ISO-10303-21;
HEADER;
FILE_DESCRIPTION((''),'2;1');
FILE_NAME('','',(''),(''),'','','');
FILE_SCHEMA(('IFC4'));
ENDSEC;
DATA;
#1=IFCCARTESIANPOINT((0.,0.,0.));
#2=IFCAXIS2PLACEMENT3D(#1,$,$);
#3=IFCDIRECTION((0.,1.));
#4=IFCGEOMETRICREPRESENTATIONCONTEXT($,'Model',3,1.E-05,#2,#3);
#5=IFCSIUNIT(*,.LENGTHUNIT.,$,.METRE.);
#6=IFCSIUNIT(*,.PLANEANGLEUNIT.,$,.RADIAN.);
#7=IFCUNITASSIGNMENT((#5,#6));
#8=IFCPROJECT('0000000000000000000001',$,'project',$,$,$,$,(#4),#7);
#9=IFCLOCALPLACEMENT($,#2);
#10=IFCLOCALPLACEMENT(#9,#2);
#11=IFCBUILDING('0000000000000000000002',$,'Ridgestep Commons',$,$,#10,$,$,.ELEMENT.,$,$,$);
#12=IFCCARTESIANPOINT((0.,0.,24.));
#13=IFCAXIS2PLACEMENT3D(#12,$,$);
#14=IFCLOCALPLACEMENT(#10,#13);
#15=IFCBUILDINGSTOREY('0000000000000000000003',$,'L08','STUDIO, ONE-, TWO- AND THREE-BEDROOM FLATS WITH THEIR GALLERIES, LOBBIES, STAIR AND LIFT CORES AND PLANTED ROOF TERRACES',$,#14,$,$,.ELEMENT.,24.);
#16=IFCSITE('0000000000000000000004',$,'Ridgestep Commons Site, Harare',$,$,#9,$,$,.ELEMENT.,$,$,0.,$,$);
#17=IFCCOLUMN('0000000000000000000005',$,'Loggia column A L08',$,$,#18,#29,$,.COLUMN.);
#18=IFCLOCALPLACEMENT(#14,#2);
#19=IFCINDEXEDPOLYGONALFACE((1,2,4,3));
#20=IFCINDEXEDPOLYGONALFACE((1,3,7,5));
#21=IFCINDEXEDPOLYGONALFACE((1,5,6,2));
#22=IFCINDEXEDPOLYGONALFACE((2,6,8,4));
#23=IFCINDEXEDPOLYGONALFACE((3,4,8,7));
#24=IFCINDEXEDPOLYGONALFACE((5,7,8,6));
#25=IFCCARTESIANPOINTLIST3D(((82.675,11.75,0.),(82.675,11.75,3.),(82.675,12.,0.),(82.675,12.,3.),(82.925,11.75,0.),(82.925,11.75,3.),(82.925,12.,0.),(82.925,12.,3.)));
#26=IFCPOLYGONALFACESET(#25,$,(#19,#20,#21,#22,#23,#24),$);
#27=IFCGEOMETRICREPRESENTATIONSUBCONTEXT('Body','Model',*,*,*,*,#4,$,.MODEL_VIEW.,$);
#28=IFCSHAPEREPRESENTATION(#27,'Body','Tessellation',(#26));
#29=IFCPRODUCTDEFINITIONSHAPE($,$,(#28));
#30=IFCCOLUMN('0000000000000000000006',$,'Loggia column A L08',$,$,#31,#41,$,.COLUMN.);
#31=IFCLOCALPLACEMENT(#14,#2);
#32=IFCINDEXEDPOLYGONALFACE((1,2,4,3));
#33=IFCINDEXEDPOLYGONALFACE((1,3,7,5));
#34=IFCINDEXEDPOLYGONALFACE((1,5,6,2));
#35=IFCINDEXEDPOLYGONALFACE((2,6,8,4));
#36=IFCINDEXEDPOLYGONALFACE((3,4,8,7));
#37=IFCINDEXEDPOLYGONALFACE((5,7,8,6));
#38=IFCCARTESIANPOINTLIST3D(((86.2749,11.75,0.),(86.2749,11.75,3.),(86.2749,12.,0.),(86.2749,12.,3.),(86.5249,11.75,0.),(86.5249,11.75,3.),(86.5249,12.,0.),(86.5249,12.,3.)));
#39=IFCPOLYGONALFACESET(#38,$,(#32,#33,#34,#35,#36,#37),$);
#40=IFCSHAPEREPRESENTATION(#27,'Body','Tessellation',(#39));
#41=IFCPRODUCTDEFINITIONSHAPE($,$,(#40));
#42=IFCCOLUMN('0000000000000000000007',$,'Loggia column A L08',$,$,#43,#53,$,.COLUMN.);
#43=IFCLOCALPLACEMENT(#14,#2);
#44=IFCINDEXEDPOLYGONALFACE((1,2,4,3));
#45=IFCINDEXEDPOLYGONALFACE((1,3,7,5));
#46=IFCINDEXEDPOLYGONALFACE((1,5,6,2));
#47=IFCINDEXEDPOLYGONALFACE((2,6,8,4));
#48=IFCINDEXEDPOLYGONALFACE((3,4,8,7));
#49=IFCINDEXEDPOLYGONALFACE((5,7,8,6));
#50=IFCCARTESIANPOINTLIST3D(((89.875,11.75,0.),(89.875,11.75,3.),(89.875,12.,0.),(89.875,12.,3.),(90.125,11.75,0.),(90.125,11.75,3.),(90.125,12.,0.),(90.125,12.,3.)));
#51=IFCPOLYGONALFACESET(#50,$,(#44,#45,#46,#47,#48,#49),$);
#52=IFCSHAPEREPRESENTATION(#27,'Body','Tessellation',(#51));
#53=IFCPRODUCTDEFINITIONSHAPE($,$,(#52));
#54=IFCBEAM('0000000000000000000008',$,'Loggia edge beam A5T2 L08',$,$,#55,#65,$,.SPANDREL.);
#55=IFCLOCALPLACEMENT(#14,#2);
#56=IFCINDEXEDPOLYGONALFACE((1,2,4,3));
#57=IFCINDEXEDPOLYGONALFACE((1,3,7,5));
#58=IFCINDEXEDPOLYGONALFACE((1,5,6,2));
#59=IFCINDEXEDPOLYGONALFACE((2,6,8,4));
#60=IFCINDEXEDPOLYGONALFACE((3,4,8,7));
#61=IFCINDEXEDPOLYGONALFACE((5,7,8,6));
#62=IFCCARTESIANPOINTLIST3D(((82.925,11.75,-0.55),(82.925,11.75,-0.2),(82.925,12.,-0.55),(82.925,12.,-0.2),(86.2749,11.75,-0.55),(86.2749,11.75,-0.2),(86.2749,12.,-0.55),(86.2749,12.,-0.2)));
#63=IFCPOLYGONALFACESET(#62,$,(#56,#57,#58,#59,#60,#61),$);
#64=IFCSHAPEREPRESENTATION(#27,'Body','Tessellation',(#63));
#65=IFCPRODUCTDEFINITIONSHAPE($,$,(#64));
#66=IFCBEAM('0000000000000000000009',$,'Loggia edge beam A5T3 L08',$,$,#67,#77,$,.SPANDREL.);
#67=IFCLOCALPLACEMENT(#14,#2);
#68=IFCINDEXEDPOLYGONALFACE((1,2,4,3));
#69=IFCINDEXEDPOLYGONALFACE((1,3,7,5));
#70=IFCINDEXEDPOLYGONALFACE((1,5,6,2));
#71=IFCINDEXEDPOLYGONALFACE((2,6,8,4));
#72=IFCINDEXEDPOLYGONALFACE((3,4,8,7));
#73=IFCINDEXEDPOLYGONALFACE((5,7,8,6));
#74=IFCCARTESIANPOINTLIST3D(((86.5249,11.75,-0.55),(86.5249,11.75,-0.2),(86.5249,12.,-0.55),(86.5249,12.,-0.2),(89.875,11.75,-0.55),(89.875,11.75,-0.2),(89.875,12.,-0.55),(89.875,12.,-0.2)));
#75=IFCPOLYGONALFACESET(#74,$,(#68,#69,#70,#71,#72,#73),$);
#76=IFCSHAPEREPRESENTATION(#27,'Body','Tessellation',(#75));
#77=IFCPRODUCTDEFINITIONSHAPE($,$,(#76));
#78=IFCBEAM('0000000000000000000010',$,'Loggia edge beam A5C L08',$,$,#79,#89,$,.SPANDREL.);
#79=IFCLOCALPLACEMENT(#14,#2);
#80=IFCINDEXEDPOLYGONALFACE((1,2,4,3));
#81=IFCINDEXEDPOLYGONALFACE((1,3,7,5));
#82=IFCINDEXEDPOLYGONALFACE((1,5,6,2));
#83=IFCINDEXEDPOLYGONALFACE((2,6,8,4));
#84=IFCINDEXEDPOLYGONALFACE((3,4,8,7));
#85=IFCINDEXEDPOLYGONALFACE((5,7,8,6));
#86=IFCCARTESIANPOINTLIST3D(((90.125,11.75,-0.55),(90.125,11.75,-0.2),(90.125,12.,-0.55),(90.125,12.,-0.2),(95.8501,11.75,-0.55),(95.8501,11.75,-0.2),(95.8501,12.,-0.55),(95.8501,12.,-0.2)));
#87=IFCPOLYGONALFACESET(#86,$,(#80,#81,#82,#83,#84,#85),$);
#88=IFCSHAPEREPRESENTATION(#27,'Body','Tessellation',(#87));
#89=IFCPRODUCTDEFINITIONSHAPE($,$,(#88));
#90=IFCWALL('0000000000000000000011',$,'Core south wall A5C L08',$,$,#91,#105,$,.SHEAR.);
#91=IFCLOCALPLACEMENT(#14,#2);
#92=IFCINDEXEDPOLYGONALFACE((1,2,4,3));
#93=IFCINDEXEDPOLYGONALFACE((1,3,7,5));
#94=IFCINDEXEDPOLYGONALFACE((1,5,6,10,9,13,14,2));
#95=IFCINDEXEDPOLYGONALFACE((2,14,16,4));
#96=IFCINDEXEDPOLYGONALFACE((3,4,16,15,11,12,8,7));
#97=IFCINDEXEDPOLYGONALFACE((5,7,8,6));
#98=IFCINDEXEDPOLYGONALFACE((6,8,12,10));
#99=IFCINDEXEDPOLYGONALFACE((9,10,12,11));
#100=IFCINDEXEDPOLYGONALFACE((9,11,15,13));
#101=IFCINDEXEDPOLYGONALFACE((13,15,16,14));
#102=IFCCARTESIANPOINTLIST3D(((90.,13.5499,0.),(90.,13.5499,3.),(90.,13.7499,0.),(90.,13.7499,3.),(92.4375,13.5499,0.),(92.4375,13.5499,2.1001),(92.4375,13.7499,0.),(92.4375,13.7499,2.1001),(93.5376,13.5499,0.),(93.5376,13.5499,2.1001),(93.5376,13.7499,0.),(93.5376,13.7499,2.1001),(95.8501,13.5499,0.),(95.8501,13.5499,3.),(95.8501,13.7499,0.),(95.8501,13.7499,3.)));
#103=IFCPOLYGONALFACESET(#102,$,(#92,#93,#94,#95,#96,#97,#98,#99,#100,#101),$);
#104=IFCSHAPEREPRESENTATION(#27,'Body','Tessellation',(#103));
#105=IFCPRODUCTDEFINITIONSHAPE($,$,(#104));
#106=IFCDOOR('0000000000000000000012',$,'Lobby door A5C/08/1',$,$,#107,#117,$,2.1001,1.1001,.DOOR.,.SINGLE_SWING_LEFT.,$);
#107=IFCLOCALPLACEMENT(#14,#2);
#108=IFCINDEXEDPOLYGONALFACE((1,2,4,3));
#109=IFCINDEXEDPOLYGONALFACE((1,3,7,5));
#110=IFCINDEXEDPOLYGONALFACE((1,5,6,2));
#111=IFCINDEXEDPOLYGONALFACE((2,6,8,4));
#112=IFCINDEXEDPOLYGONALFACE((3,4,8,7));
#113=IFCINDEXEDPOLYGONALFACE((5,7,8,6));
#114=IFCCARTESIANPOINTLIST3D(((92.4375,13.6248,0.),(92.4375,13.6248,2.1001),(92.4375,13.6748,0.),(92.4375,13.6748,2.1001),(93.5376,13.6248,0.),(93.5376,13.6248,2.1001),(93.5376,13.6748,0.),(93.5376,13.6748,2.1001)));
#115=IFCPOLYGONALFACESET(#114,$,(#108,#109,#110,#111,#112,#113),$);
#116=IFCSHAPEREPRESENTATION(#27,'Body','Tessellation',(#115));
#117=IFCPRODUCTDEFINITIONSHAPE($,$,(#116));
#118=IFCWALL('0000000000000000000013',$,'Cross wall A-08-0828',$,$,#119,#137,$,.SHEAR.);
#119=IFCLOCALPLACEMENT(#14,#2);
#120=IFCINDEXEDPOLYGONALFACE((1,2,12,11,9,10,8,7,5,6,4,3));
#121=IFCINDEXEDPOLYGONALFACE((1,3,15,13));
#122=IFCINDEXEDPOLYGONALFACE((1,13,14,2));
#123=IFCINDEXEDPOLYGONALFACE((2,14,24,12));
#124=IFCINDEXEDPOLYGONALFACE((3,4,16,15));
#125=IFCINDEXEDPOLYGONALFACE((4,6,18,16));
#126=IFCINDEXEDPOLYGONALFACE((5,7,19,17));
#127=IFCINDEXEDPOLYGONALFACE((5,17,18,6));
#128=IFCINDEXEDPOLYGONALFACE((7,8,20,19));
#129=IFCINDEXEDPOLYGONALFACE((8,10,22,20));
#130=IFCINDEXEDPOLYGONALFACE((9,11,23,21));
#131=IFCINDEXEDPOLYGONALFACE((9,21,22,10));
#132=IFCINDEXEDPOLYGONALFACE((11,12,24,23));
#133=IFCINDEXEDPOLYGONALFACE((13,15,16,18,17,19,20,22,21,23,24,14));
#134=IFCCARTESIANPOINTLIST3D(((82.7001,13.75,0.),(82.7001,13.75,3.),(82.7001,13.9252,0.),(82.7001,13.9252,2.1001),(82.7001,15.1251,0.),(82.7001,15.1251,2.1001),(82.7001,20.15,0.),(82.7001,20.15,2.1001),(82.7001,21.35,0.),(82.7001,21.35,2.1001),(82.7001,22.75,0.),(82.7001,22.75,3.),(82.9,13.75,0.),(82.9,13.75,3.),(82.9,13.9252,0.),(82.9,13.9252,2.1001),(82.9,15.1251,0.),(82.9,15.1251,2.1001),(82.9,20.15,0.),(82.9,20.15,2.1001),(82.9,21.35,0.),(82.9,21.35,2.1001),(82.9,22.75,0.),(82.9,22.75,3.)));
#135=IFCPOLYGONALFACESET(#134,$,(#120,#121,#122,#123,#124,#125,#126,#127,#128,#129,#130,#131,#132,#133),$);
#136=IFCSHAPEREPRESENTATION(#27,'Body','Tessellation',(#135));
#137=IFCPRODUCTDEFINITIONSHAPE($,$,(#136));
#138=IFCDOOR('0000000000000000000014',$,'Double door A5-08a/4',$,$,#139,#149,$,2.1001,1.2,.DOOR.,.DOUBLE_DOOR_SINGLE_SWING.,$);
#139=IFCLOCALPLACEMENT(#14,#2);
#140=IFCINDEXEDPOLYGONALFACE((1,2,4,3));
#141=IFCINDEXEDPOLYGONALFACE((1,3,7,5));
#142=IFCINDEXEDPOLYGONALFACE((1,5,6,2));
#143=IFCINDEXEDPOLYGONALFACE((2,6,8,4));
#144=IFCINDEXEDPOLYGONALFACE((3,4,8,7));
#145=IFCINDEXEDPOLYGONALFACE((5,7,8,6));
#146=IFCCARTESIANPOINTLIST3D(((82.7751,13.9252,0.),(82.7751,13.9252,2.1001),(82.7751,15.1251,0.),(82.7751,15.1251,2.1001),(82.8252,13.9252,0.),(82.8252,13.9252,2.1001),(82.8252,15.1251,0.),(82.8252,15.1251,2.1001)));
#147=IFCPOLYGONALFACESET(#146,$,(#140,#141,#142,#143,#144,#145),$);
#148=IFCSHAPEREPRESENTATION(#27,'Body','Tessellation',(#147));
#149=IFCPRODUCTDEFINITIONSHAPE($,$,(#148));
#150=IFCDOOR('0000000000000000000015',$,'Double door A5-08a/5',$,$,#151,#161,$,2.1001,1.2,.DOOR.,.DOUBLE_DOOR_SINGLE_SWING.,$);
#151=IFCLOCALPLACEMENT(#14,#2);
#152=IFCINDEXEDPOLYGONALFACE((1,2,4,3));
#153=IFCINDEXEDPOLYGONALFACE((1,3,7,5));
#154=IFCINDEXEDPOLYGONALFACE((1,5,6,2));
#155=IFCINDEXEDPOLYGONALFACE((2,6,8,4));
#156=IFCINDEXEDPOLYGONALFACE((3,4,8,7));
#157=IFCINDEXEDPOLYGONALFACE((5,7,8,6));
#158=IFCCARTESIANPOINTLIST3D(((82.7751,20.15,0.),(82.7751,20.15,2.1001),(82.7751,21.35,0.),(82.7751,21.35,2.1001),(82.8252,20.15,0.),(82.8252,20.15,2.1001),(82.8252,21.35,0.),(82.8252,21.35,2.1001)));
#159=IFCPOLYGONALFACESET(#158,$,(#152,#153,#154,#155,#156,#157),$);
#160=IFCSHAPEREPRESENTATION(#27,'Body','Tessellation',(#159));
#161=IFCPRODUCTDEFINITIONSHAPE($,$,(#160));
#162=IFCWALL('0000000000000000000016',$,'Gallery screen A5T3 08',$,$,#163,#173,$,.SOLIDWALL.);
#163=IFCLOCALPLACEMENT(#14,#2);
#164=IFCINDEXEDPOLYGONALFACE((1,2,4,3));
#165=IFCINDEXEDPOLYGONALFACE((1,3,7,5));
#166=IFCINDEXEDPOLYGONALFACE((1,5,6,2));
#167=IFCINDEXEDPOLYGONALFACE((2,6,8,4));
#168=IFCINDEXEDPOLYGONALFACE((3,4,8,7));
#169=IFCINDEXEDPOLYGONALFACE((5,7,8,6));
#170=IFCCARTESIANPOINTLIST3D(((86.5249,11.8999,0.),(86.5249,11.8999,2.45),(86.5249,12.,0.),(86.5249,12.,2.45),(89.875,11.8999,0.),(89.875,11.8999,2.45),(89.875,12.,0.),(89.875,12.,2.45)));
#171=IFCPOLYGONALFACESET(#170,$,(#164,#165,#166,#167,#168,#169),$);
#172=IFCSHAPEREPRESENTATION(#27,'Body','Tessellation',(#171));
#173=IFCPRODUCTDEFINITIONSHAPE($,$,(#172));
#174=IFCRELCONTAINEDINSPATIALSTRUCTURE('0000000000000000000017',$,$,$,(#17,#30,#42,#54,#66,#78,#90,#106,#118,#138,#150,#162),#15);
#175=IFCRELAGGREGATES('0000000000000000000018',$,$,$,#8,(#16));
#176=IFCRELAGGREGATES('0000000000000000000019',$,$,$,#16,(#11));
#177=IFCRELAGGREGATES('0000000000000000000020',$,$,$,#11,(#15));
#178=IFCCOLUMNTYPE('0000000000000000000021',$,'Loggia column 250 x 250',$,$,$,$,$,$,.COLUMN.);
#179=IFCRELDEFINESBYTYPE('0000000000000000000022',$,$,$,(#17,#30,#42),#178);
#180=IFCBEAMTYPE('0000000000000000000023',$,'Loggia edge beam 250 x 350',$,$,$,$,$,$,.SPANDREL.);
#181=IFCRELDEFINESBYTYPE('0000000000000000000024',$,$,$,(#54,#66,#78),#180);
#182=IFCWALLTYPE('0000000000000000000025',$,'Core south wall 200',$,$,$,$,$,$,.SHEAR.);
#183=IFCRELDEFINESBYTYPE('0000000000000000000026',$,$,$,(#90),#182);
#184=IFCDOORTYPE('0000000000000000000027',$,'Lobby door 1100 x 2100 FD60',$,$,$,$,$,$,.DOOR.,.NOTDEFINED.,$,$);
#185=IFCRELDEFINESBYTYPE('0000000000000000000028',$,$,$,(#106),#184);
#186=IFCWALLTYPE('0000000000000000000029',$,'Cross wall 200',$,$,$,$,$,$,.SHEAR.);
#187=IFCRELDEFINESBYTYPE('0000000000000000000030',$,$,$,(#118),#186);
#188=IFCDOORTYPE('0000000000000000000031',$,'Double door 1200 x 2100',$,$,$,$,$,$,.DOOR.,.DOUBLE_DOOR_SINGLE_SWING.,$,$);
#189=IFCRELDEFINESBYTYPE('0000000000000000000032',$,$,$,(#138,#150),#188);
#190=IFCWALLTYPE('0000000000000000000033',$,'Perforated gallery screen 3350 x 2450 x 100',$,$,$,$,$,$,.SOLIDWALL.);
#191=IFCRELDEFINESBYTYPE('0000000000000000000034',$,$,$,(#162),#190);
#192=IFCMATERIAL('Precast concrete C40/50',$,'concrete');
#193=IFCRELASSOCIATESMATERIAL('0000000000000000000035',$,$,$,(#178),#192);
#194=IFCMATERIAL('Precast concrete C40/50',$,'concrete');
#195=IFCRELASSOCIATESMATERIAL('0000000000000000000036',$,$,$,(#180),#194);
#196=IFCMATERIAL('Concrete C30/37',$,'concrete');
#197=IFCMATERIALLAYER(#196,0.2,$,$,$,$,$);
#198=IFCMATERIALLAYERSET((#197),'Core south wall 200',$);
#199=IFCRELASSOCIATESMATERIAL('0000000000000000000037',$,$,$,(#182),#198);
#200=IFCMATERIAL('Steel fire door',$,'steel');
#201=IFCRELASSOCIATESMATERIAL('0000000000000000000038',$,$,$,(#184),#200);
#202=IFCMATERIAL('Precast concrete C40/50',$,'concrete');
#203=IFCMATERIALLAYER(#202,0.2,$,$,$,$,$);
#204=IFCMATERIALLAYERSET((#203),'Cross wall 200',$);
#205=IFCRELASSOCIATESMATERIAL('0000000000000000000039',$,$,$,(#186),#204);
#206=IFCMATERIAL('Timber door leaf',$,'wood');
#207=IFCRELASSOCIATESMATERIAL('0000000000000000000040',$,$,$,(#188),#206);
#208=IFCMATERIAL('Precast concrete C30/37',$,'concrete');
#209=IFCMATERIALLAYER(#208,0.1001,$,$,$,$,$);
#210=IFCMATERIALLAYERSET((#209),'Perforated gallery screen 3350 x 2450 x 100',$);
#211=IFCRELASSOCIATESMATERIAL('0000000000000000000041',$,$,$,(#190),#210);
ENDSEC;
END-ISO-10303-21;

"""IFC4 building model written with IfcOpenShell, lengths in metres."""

from ifc_helpers import new_model, si_unit, direction, frame, frame_2d, origin, origin_2d, place, context, subcontext, project, spatial, rectangle, extrude, material, layer, layer_set, material_profile, profile_set, type_object, element, fill, save


model = new_model("IFC4")

# Units and contexts
model_context = context("Model", 3, precision=1e-05, world=origin(), true_north=direction((0.0, 1.0)))
body_context = subcontext(model_context, "Body", "Model", "MODEL_VIEW")
ifc_project = project(units=[si_unit("LENGTHUNIT", "METRE"), si_unit("PLANEANGLEUNIT", "RADIAN")], contexts=[model_context])

# Site, building, storey
site_placement = place(None, origin())
site = spatial("IfcSite", under=ifc_project, at=site_placement, Name="Ridgestep Commons Site, Harare", CompositionType="ELEMENT", RefElevation=0.0)
building_placement = place(site_placement, origin())
building = spatial("IfcBuilding", under=site, at=building_placement, Name="Ridgestep Commons", CompositionType="ELEMENT")
storey_placement = place(building_placement, frame((0.0, 0.0, 24.0)))
storey = spatial("IfcBuildingStorey", under=building, at=storey_placement, Name="L08", Description="STUDIO, ONE-, TWO- AND THREE-BEDROOM FLATS WITH THEIR GALLERIES, LOBBIES, STAIR AND LIFT CORES AND PLANTED ROOF TERRACES", CompositionType="ELEMENT", Elevation=24.0)

# Columns
ifc_material_1 = material(Name="Precast concrete C40/50", Category="concrete")
ifc_material_profile_1 = material_profile(ifc_material_1, rectangle(XDim=0.25, YDim=0.25, at=origin_2d()), Name="PC 250x250")
ifc_profile_set_1 = profile_set([ifc_material_profile_1], Name="Precast concrete C40/50")
column_type = type_object("IfcColumnType", Name="Loggia column 250 x 250", PredefinedType="COLUMN", material=ifc_profile_set_1)
for number, where, z_axis, x_axis, name in (
    (1, (82.8, 11.875, 0.0), (0.0, 0.0, 1.0), (1.0, 0.0, 0.0), "Loggia column A L08"),
    (2, (86.3999, 11.875, 0.0), (0.0, 0.0, 1.0), (1.0, 0.0, 0.0), "Loggia column A L08"),
    (3, (90.0, 11.875, 0.0), (0.0, 0.0, 1.0), (1.0, 0.0, 0.0), "Loggia column A L08"),
):
    element("IfcColumn", number, at=place(storey_placement, frame(where, z_axis=z_axis, x_axis=x_axis)), inside=storey, type_object=column_type, Name=name, PredefinedType="COLUMN", context=body_context, shape_type="SweptSolid", body=[
        extrude(rectangle(XDim=0.25, YDim=0.25, at=origin_2d()), origin(), (0.0, 0.0, 1.0), 3.0),
    ])

# Beams
ifc_material_2 = material(Name="Precast concrete C40/50", Category="concrete")
ifc_material_profile_2 = material_profile(ifc_material_2, rectangle(XDim=0.25, YDim=0.3501, at=origin_2d()), Name="PC 250x350")
ifc_profile_set_2 = profile_set([ifc_material_profile_2], Name="Precast concrete C40/50")
beam_type = type_object("IfcBeamType", Name="Loggia edge beam 250 x 350", PredefinedType="SPANDREL", material=ifc_profile_set_2)
beam_1_placement = place(storey_placement, frame((82.925, 11.875, -0.375), z_axis=(1.0, 0.0, 0.0), x_axis=(0.0, 1.0, 0.0)))
element("IfcBeam", 4, at=beam_1_placement, inside=storey, type_object=beam_type, Name="Loggia edge beam A5T2 L08", PredefinedType="SPANDREL", context=body_context, shape_type="SweptSolid", body=[
    extrude(rectangle(XDim=0.25, YDim=0.3501, at=origin_2d()), origin(), (0.0, 0.0, 1.0), 3.3499),
])
beam_2_placement = place(storey_placement, frame((86.5249, 11.875, -0.375), z_axis=(1.0, 0.0, 0.0), x_axis=(0.0, 1.0, 0.0)))
element("IfcBeam", 5, at=beam_2_placement, inside=storey, type_object=beam_type, Name="Loggia edge beam A5T3 L08", PredefinedType="SPANDREL", context=body_context, shape_type="SweptSolid", body=[
    extrude(rectangle(XDim=0.25, YDim=0.3501, at=origin_2d()), origin(), (0.0, 0.0, 1.0), 3.3501),
])
beam_3_placement = place(storey_placement, frame((90.125, 11.875, -0.375), z_axis=(1.0, 0.0, 0.0), x_axis=(0.0, 1.0, 0.0)))
element("IfcBeam", 6, at=beam_3_placement, inside=storey, type_object=beam_type, Name="Loggia edge beam A5C L08", PredefinedType="SPANDREL", context=body_context, shape_type="SweptSolid", body=[
    extrude(rectangle(XDim=0.25, YDim=0.3501, at=origin_2d()), origin(), (0.0, 0.0, 1.0), 5.7251),
])

# Wall, opening, door
ifc_material_3 = material(Name="Concrete C30/37", Category="concrete")
ifc_layer_1 = layer(ifc_material_3, 0.2)
ifc_layer_set_1 = layer_set([ifc_layer_1], Name="Core south wall 200")
wall_type_1 = type_object("IfcWallType", Name="Core south wall 200", PredefinedType="SHEAR", material=ifc_layer_set_1)
wall_1_placement = place(storey_placement, frame((90.0, 13.6499, 0.0), z_axis=(0.0, 0.0, 1.0), x_axis=(1.0, 0.0, 0.0)))
wall_1 = element("IfcWall", 7, at=wall_1_placement, inside=storey, type_object=wall_type_1, Name="Core south wall A5C L08", PredefinedType="SHEAR", context=body_context, shape_type="SweptSolid", body=[
    extrude(rectangle(XDim=5.8501, YDim=0.2, at=frame_2d((2.925, 0.0))), origin(), (0.0, 0.0, 1.0), 3.0),
])
opening_1_placement = place(wall_1_placement, frame((2.4375, 0.0, 0.0)))
opening_1 = element("IfcOpeningElement", 8, at=opening_1_placement, cuts=wall_1, PredefinedType="OPENING", context=body_context, shape_type="SweptSolid", body=[
    extrude(rectangle(XDim=1.1001, YDim=2.1001, at=frame_2d((0.55, 1.05))), frame((0.0, 0.1099, 0.0), z_axis=(0.0, -1.0, 0.0), x_axis=(1.0, 0.0, 0.0)), (0.0, 0.0, 1.0), 0.22),
])
ifc_material_4 = material(Name="Steel fire door", Category="steel")
door_type_1 = type_object("IfcDoorType", Name="Lobby door 1100 x 2100 FD60", OperationType="NOTDEFINED", PredefinedType="DOOR", material=ifc_material_4)
door_1_placement = place(opening_1_placement, origin())
door_1 = element("IfcDoor", 9, at=door_1_placement, inside=storey, type_object=door_type_1, Name="Lobby door A5C/08/1", OperationType="SINGLE_SWING_LEFT", OverallHeight=2.1001, OverallWidth=1.1001, PredefinedType="DOOR", context=body_context, shape_type="SweptSolid", body=[
    extrude(rectangle(XDim=1.1001, YDim=2.1001, at=frame_2d((0.55, 1.05))), frame((0.0, 0.0249, 0.0), z_axis=(0.0, -1.0, 0.0), x_axis=(1.0, 0.0, 0.0)), (0.0, 0.0, 1.0), 0.05),
])
fill(opening_1, door_1)

# Wall, openings, doors
ifc_material_5 = material(Name="Precast concrete C40/50", Category="concrete")
ifc_layer_2 = layer(ifc_material_5, 0.2)
ifc_layer_set_2 = layer_set([ifc_layer_2], Name="Cross wall 200")
wall_type_2 = type_object("IfcWallType", Name="Cross wall 200", PredefinedType="SHEAR", material=ifc_layer_set_2)
wall_2_placement = place(storey_placement, frame((82.8, 13.75, 0.0), z_axis=(0.0, 0.0, 1.0), x_axis=(0.0, 1.0, 0.0)))
wall_2 = element("IfcWall", 10, at=wall_2_placement, inside=storey, type_object=wall_type_2, Name="Cross wall A-08-0828", PredefinedType="SHEAR", context=body_context, shape_type="SweptSolid", body=[
    extrude(rectangle(XDim=9.0, YDim=0.2, at=frame_2d((4.5, 0.0))), origin(), (0.0, 0.0, 1.0), 3.0),
])
opening_2_placement = place(wall_2_placement, frame((0.175, 0.0, 0.0)))
opening_2 = element("IfcOpeningElement", 11, at=opening_2_placement, cuts=wall_2, PredefinedType="OPENING", context=body_context, shape_type="SweptSolid", body=[
    extrude(rectangle(XDim=1.2, YDim=2.1001, at=frame_2d((0.6001, 1.05))), frame((0.0, 0.1099, 0.0), z_axis=(0.0, -1.0, 0.0), x_axis=(1.0, 0.0, 0.0)), (0.0, 0.0, 1.0), 0.22),
])
opening_3_placement = place(wall_2_placement, frame((6.3999, 0.0, 0.0)))
opening_3 = element("IfcOpeningElement", 12, at=opening_3_placement, cuts=wall_2, PredefinedType="OPENING", context=body_context, shape_type="SweptSolid", body=[
    extrude(rectangle(XDim=1.2, YDim=2.1001, at=frame_2d((0.6001, 1.05))), frame((0.0, 0.1099, 0.0), z_axis=(0.0, -1.0, 0.0), x_axis=(1.0, 0.0, 0.0)), (0.0, 0.0, 1.0), 0.22),
])
ifc_material_6 = material(Name="Timber door leaf", Category="wood")
door_type_2 = type_object("IfcDoorType", Name="Double door 1200 x 2100", OperationType="DOUBLE_DOOR_SINGLE_SWING", PredefinedType="DOOR", material=ifc_material_6)
door_2_placement = place(opening_2_placement, origin())
door_2 = element("IfcDoor", 13, at=door_2_placement, inside=storey, type_object=door_type_2, Name="Double door A5-08a/4", OperationType="DOUBLE_DOOR_SINGLE_SWING", OverallHeight=2.1001, OverallWidth=1.2, PredefinedType="DOOR", context=body_context, shape_type="SweptSolid", body=[
    extrude(rectangle(XDim=1.2, YDim=2.1001, at=frame_2d((0.6001, 1.05))), frame((0.0, 0.0249, 0.0), z_axis=(0.0, -1.0, 0.0), x_axis=(1.0, 0.0, 0.0)), (0.0, 0.0, 1.0), 0.05),
])
fill(opening_2, door_2)
door_3_placement = place(opening_3_placement, origin())
door_3 = element("IfcDoor", 14, at=door_3_placement, inside=storey, type_object=door_type_2, Name="Double door A5-08a/5", OperationType="DOUBLE_DOOR_SINGLE_SWING", OverallHeight=2.1001, OverallWidth=1.2, PredefinedType="DOOR", context=body_context, shape_type="SweptSolid", body=[
    extrude(rectangle(XDim=1.2, YDim=2.1001, at=frame_2d((0.6001, 1.05))), frame((0.0, 0.0249, 0.0), z_axis=(0.0, -1.0, 0.0), x_axis=(1.0, 0.0, 0.0)), (0.0, 0.0, 1.0), 0.05),
])
fill(opening_3, door_3)

# Wall
ifc_material_7 = material(Name="Precast concrete C30/37", Category="concrete")
ifc_layer_3 = layer(ifc_material_7, 0.1001)
ifc_layer_set_3 = layer_set([ifc_layer_3], Name="Perforated gallery screen 3350 x 2450 x 100")
wall_type_3 = type_object("IfcWallType", Name="Perforated gallery screen 3350 x 2450 x 100", PredefinedType="SOLIDWALL", material=ifc_layer_set_3)
wall_3_placement = place(storey_placement, frame((86.5249, 11.95, 0.0), z_axis=(0.0, 0.0, 1.0), x_axis=(1.0, 0.0, 0.0)))
element("IfcWall", 15, at=wall_3_placement, inside=storey, type_object=wall_type_3, Name="Gallery screen A5T3 08", PredefinedType="SOLIDWALL", context=body_context, shape_type="SweptSolid", body=[
    extrude(rectangle(XDim=3.3501, YDim=0.1001, at=frame_2d((1.675, 0.0))), origin(), (0.0, 0.0, 1.0), 2.45),
])

save(model, "model.ifc")
